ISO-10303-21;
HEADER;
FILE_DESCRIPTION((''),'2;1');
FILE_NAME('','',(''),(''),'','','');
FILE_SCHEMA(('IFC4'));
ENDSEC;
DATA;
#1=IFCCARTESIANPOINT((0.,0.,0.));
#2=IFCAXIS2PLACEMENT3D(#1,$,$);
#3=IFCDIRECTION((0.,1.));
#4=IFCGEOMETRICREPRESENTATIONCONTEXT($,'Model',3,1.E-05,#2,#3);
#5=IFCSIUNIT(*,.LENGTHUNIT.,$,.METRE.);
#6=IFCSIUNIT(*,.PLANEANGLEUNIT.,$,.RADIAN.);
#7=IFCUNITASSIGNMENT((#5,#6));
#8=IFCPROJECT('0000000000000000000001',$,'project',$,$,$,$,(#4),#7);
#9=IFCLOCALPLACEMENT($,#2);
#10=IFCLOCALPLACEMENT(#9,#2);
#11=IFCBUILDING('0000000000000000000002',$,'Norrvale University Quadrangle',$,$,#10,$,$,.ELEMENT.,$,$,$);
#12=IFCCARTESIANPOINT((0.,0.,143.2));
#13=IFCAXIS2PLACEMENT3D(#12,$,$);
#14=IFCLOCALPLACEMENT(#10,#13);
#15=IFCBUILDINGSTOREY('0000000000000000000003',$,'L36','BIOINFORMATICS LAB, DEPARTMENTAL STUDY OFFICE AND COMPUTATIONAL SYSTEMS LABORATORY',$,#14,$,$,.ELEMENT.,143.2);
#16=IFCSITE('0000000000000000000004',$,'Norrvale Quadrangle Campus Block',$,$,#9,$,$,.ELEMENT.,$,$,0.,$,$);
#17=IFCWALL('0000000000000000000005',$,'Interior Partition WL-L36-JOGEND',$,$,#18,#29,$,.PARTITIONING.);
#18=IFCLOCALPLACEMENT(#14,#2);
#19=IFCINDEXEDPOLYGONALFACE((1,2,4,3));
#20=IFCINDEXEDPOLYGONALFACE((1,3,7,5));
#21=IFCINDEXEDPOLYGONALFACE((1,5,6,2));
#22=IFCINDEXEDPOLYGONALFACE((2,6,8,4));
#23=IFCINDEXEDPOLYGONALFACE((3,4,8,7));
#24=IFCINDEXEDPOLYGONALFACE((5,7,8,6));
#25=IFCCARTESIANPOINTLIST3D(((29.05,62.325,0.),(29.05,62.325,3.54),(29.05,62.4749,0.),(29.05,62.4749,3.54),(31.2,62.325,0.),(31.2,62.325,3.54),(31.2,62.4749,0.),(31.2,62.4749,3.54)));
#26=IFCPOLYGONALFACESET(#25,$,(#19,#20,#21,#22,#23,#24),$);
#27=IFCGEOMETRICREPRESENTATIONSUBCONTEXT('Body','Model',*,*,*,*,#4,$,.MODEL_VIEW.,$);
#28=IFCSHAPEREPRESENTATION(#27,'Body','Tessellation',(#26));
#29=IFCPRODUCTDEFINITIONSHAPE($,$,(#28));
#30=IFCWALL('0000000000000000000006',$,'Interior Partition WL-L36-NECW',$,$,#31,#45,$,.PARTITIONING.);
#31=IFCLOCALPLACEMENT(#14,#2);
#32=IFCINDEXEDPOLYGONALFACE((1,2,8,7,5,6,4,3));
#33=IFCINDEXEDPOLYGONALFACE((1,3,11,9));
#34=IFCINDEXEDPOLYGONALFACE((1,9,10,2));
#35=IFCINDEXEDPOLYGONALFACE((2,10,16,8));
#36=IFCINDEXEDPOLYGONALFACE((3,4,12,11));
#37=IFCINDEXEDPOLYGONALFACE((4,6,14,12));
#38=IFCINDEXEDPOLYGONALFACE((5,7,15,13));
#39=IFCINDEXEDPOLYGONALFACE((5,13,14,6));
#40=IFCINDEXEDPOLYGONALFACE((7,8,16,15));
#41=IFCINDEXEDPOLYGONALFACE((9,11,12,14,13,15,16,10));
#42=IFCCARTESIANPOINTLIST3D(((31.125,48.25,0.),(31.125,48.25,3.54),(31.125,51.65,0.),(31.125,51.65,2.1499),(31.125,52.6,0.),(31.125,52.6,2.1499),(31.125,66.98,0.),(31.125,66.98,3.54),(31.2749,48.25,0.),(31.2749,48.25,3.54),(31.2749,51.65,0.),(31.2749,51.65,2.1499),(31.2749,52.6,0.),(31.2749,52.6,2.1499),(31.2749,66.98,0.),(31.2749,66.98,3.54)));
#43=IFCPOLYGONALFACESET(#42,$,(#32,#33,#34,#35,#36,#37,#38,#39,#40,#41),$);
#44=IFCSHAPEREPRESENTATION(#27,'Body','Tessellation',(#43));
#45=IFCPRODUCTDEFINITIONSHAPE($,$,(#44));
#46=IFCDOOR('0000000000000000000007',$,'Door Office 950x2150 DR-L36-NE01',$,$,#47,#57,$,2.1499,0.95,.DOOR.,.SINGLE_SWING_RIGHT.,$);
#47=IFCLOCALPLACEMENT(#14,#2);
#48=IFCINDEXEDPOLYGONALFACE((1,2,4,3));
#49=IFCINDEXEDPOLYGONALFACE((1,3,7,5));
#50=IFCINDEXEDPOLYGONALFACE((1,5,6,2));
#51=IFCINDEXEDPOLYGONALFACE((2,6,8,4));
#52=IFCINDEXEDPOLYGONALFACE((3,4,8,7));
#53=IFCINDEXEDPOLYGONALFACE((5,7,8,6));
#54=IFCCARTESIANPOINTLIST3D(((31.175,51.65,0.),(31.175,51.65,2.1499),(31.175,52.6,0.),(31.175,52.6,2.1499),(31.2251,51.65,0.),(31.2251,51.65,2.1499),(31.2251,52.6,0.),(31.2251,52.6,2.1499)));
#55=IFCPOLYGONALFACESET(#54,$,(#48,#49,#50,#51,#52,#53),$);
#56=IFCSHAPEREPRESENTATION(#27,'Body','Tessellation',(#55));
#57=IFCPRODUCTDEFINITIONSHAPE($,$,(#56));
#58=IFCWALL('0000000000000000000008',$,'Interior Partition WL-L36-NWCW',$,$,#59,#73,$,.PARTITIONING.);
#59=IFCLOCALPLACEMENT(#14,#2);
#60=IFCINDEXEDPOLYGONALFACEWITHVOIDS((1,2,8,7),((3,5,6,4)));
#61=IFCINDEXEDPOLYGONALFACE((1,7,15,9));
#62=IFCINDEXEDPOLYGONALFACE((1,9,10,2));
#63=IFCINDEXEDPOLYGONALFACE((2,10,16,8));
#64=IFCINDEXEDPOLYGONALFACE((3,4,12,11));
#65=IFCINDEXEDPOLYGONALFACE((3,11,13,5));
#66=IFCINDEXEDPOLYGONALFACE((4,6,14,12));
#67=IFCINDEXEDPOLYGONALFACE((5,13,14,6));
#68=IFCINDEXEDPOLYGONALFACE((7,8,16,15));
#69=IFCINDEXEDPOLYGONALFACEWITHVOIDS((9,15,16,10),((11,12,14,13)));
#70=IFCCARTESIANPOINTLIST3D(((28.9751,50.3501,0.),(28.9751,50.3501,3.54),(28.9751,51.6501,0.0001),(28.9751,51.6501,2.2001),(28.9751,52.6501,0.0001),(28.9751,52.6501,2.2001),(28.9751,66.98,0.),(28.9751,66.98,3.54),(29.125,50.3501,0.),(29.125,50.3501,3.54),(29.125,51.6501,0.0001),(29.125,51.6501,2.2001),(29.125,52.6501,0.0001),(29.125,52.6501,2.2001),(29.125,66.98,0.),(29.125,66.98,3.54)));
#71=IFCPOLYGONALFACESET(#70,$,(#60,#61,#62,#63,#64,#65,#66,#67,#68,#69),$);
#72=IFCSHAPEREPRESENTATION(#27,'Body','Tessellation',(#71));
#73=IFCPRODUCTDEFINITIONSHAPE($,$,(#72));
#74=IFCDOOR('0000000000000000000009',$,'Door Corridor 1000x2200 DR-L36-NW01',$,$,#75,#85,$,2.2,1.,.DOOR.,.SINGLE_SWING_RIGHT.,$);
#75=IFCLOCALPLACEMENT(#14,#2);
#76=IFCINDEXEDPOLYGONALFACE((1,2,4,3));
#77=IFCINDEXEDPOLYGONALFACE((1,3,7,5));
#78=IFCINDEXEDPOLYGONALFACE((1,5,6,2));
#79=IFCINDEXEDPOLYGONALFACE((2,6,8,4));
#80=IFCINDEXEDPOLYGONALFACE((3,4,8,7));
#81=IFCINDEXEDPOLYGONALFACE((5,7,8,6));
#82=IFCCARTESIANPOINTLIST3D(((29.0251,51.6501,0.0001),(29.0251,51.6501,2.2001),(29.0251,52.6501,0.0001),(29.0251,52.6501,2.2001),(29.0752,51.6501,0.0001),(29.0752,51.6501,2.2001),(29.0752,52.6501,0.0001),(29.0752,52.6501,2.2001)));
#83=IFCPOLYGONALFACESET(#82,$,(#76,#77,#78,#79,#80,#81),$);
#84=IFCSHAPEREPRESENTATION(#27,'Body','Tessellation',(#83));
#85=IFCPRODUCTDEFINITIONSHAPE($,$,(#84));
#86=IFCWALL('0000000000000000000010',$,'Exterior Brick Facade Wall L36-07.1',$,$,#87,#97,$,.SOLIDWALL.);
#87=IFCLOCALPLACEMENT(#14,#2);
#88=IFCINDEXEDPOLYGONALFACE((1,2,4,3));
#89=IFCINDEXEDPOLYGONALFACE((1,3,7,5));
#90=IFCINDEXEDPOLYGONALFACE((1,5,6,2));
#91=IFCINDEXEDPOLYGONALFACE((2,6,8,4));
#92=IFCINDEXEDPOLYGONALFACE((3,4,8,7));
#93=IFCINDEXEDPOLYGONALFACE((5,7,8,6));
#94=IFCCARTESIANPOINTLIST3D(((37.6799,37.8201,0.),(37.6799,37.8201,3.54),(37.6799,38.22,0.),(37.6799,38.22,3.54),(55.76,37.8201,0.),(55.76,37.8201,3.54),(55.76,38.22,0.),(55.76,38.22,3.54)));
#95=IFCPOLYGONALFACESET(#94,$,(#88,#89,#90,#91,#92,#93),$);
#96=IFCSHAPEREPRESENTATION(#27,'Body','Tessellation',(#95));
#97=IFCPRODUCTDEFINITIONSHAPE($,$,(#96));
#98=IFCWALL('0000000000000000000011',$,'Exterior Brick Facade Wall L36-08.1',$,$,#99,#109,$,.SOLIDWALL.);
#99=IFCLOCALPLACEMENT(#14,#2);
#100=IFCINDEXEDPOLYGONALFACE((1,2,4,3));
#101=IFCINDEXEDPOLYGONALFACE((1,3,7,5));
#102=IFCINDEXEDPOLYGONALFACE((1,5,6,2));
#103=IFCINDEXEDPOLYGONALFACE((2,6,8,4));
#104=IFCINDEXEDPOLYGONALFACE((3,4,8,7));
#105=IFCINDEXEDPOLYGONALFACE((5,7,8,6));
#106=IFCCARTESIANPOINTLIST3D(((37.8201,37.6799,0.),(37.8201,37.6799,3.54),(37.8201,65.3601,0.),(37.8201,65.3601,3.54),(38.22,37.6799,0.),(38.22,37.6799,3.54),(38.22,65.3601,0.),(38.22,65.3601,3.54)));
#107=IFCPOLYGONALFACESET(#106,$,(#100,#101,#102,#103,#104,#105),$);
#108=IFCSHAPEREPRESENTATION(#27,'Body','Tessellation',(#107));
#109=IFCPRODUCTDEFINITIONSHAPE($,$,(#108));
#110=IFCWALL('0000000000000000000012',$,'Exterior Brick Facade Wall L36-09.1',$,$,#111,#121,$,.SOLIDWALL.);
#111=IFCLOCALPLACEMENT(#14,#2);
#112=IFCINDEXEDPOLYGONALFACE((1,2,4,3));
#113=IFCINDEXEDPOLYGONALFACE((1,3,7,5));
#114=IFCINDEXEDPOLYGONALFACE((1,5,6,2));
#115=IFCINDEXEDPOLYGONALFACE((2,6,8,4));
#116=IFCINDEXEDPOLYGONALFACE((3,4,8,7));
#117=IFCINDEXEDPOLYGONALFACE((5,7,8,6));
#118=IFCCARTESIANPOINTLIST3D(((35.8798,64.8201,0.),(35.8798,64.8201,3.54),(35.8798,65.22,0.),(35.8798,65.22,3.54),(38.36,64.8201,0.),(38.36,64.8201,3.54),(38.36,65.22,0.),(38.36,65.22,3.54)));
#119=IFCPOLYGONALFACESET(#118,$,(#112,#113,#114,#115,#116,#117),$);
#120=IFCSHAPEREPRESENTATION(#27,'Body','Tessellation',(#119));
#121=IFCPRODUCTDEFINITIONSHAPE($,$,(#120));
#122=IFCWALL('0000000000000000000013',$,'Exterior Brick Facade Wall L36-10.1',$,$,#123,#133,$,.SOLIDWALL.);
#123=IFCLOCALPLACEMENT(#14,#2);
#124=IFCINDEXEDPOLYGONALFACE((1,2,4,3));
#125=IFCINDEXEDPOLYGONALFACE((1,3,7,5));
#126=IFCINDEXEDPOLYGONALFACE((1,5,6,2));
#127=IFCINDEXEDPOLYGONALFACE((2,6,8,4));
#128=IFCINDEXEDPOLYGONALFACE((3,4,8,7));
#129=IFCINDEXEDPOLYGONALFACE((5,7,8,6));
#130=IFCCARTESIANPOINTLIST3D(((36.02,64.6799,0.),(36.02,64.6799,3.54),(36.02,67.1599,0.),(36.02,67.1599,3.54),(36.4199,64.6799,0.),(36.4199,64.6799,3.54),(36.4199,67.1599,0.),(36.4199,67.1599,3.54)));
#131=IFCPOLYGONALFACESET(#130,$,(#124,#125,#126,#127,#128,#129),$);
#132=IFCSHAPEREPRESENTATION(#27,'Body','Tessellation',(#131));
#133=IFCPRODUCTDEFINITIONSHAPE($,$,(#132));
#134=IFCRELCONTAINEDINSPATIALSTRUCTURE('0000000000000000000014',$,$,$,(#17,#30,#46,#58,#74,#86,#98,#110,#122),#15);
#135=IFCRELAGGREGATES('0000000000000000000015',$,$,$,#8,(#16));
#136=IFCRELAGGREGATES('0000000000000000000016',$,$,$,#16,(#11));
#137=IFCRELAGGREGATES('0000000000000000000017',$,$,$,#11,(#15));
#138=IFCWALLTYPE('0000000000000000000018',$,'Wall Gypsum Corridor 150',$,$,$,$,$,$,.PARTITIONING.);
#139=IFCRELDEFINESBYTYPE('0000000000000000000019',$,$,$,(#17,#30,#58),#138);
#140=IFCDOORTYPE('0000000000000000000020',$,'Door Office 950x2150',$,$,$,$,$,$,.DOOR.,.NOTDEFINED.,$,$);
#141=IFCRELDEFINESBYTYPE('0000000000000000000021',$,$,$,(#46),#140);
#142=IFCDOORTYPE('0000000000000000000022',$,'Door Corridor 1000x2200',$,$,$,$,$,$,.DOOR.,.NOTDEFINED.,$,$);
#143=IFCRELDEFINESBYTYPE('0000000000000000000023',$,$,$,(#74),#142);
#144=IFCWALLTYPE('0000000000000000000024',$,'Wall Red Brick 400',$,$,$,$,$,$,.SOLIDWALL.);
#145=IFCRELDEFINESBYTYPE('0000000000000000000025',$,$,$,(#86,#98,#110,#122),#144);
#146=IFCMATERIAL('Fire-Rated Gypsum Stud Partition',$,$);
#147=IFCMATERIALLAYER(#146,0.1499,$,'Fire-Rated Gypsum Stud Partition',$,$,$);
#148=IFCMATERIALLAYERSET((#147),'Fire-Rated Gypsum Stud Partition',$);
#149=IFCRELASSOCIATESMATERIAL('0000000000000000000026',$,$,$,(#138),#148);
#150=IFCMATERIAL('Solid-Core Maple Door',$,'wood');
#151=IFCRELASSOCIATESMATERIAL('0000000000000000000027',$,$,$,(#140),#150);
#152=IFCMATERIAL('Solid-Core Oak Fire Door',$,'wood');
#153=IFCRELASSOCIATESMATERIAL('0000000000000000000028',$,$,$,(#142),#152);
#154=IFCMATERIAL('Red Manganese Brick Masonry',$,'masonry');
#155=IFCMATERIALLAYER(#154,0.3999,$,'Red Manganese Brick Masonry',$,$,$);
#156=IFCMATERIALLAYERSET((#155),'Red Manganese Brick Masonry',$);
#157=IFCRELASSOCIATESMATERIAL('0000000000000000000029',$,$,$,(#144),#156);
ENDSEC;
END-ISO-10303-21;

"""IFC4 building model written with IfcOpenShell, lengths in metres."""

from ifc_helpers import new_model, si_unit, direction, frame, frame_2d, origin, place, context, subcontext, project, spatial, rectangle, extrude, material, layer, layer_set, type_object, element, fill, save


model = new_model("IFC4")

# Units and contexts
model_context = context("Model", 3, precision=1e-05, world=origin(), true_north=direction((0.0, 1.0)))
body_context = subcontext(model_context, "Body", "Model", "MODEL_VIEW")
ifc_project = project(units=[si_unit("LENGTHUNIT", "METRE"), si_unit("PLANEANGLEUNIT", "RADIAN")], contexts=[model_context])

# Site, building, storey
site_placement = place(None, origin())
site = spatial("IfcSite", under=ifc_project, at=site_placement, Name="Norrvale Quadrangle Campus Block", CompositionType="ELEMENT", RefElevation=0.0)
building_placement = place(site_placement, origin())
building = spatial("IfcBuilding", under=site, at=building_placement, Name="Norrvale University Quadrangle", CompositionType="ELEMENT")
storey_placement = place(building_placement, frame((0.0, 0.0, 143.2)))
storey = spatial("IfcBuildingStorey", under=building, at=storey_placement, Name="L36", Description="BIOINFORMATICS LAB, DEPARTMENTAL STUDY OFFICE AND COMPUTATIONAL SYSTEMS LABORATORY", CompositionType="ELEMENT", Elevation=143.2)

# Wall
ifc_material_1 = material(Name="Fire-Rated Gypsum Stud Partition")
ifc_layer_1 = layer(ifc_material_1, 0.1499, Name="Fire-Rated Gypsum Stud Partition")
ifc_layer_set_1 = layer_set([ifc_layer_1], Name="Fire-Rated Gypsum Stud Partition")
wall_type_1 = type_object("IfcWallType", Name="Wall Gypsum Corridor 150", PredefinedType="PARTITIONING", material=ifc_layer_set_1)
wall_1_placement = place(storey_placement, frame((29.05, 62.3999, 0.0), z_axis=(0.0, 0.0, 1.0), x_axis=(1.0, 0.0, 0.0)))
element("IfcWall", 1, at=wall_1_placement, inside=storey, type_object=wall_type_1, Name="Interior Partition WL-L36-JOGEND", PredefinedType="PARTITIONING", context=body_context, shape_type="SweptSolid", body=[
    extrude(rectangle(XDim=2.1499, YDim=0.1499, at=frame_2d((1.075, 0.0))), origin(), (0.0, 0.0, 1.0), 3.54),
])

# Walls, openings, doors
wall_2_placement = place(storey_placement, frame((31.2, 48.25, 0.0), z_axis=(0.0, 0.0, 1.0), x_axis=(0.0, 1.0, 0.0)))
wall_2 = element("IfcWall", 2, at=wall_2_placement, inside=storey, type_object=wall_type_1, Name="Interior Partition WL-L36-NECW", PredefinedType="PARTITIONING", context=body_context, shape_type="SweptSolid", body=[
    extrude(rectangle(XDim=18.73, YDim=0.1499, at=frame_2d((9.365, 0.0))), origin(), (0.0, 0.0, 1.0), 3.54),
])
opening_1_placement = place(wall_2_placement, frame((3.3999, 0.0, 0.0)))
opening_1 = element("IfcOpeningElement", 3, at=opening_1_placement, cuts=wall_2, PredefinedType="OPENING", context=body_context, shape_type="SweptSolid", body=[
    extrude(rectangle(XDim=0.95, YDim=2.1499, at=frame_2d((0.4751, 1.075))), frame((0.0, 0.0869, 0.0), z_axis=(0.0, -1.0, 0.0), x_axis=(1.0, 0.0, 0.0)), (0.0, 0.0, 1.0), 0.1738),
])
ifc_material_2 = material(Name="Solid-Core Maple Door", Category="wood")
door_type_1 = type_object("IfcDoorType", Name="Door Office 950x2150", OperationType="NOTDEFINED", PredefinedType="DOOR", material=ifc_material_2)
door_1_placement = place(opening_1_placement, origin())
door_1 = element("IfcDoor", 4, at=door_1_placement, inside=storey, type_object=door_type_1, Name="Door Office 950x2150 DR-L36-NE01", OperationType="SINGLE_SWING_RIGHT", OverallHeight=2.1499, OverallWidth=0.95, PredefinedType="DOOR", context=body_context, shape_type="SweptSolid", body=[
    extrude(rectangle(XDim=0.95, YDim=2.1499, at=frame_2d((0.4751, 1.075))), frame((0.0, 0.0249, 0.0), z_axis=(0.0, -1.0, 0.0), x_axis=(1.0, 0.0, 0.0)), (0.0, 0.0, 1.0), 0.05),
])
fill(opening_1, door_1)
wall_3_placement = place(storey_placement, frame((29.05, 50.3501, 0.0), z_axis=(0.0, 0.0, 1.0), x_axis=(0.0, 1.0, 0.0)))
wall_3 = element("IfcWall", 5, at=wall_3_placement, inside=storey, type_object=wall_type_1, Name="Interior Partition WL-L36-NWCW", PredefinedType="PARTITIONING", context=body_context, shape_type="SweptSolid", body=[
    extrude(rectangle(XDim=16.6299, YDim=0.1499, at=frame_2d((8.3149, 0.0))), origin(), (0.0, 0.0, 1.0), 3.54),
])
opening_2_placement = place(wall_3_placement, frame((1.3, 0.0, 0.0)))
opening_2 = element("IfcOpeningElement", 6, at=opening_2_placement, cuts=wall_3, PredefinedType="OPENING", context=body_context, shape_type="SweptSolid", body=[
    extrude(rectangle(XDim=1.0, YDim=2.2, at=frame_2d((0.5, 1.1001))), frame((0.0, 0.0869, 0.0), z_axis=(0.0, -1.0, 0.0), x_axis=(1.0, 0.0, 0.0)), (0.0, 0.0, 1.0), 0.1738),
])
ifc_material_3 = material(Name="Solid-Core Oak Fire Door", Category="wood")
door_type_2 = type_object("IfcDoorType", Name="Door Corridor 1000x2200", OperationType="NOTDEFINED", PredefinedType="DOOR", material=ifc_material_3)
door_2_placement = place(opening_2_placement, origin())
door_2 = element("IfcDoor", 7, at=door_2_placement, inside=storey, type_object=door_type_2, Name="Door Corridor 1000x2200 DR-L36-NW01", OperationType="SINGLE_SWING_RIGHT", OverallHeight=2.2, OverallWidth=1.0, PredefinedType="DOOR", context=body_context, shape_type="SweptSolid", body=[
    extrude(rectangle(XDim=1.0, YDim=2.2, at=frame_2d((0.5, 1.1001))), frame((0.0, 0.0249, 0.0), z_axis=(0.0, -1.0, 0.0), x_axis=(1.0, 0.0, 0.0)), (0.0, 0.0, 1.0), 0.05),
])
fill(opening_2, door_2)

# Walls
ifc_material_4 = material(Name="Red Manganese Brick Masonry", Category="masonry")
ifc_layer_2 = layer(ifc_material_4, 0.3999, Name="Red Manganese Brick Masonry")
ifc_layer_set_2 = layer_set([ifc_layer_2], Name="Red Manganese Brick Masonry")
wall_type_2 = type_object("IfcWallType", Name="Wall Red Brick 400", PredefinedType="SOLIDWALL", material=ifc_layer_set_2)
wall_4_placement = place(storey_placement, frame((55.76, 38.02, 0.0), z_axis=(0.0, 0.0, 1.0), x_axis=(-1.0, 0.0, 0.0)))
element("IfcWall", 8, at=wall_4_placement, inside=storey, type_object=wall_type_2, Name="Exterior Brick Facade Wall L36-07.1", PredefinedType="SOLIDWALL", context=body_context, shape_type="SweptSolid", body=[
    extrude(rectangle(XDim=18.0801, YDim=0.3999, at=frame_2d((9.04, 0.0))), origin(), (0.0, 0.0, 1.0), 3.54),
])
wall_5_placement = place(storey_placement, frame((38.02, 37.6799, 0.0), z_axis=(0.0, 0.0, 1.0), x_axis=(0.0, 1.0, 0.0)))
element("IfcWall", 9, at=wall_5_placement, inside=storey, type_object=wall_type_2, Name="Exterior Brick Facade Wall L36-08.1", PredefinedType="SOLIDWALL", context=body_context, shape_type="SweptSolid", body=[
    extrude(rectangle(XDim=27.6802, YDim=0.3999, at=frame_2d((13.8401, 0.0))), origin(), (0.0, 0.0, 1.0), 3.54),
])
wall_6_placement = place(storey_placement, frame((38.3601, 65.02, 0.0), z_axis=(0.0, 0.0, 1.0), x_axis=(-1.0, 0.0, 0.0)))
element("IfcWall", 10, at=wall_6_placement, inside=storey, type_object=wall_type_2, Name="Exterior Brick Facade Wall L36-09.1", PredefinedType="SOLIDWALL", context=body_context, shape_type="SweptSolid", body=[
    extrude(rectangle(XDim=2.4802, YDim=0.3999, at=frame_2d((1.2402, 0.0))), origin(), (0.0, 0.0, 1.0), 3.54),
])
wall_7_placement = place(storey_placement, frame((36.22, 64.6799, 0.0), z_axis=(0.0, 0.0, 1.0), x_axis=(0.0, 1.0, 0.0)))
element("IfcWall", 11, at=wall_7_placement, inside=storey, type_object=wall_type_2, Name="Exterior Brick Facade Wall L36-10.1", PredefinedType="SOLIDWALL", context=body_context, shape_type="SweptSolid", body=[
    extrude(rectangle(XDim=2.48, YDim=0.3999, at=frame_2d((1.24, 0.0))), origin(), (0.0, 0.0, 1.0), 3.54),
])

save(model, "model.ifc")
